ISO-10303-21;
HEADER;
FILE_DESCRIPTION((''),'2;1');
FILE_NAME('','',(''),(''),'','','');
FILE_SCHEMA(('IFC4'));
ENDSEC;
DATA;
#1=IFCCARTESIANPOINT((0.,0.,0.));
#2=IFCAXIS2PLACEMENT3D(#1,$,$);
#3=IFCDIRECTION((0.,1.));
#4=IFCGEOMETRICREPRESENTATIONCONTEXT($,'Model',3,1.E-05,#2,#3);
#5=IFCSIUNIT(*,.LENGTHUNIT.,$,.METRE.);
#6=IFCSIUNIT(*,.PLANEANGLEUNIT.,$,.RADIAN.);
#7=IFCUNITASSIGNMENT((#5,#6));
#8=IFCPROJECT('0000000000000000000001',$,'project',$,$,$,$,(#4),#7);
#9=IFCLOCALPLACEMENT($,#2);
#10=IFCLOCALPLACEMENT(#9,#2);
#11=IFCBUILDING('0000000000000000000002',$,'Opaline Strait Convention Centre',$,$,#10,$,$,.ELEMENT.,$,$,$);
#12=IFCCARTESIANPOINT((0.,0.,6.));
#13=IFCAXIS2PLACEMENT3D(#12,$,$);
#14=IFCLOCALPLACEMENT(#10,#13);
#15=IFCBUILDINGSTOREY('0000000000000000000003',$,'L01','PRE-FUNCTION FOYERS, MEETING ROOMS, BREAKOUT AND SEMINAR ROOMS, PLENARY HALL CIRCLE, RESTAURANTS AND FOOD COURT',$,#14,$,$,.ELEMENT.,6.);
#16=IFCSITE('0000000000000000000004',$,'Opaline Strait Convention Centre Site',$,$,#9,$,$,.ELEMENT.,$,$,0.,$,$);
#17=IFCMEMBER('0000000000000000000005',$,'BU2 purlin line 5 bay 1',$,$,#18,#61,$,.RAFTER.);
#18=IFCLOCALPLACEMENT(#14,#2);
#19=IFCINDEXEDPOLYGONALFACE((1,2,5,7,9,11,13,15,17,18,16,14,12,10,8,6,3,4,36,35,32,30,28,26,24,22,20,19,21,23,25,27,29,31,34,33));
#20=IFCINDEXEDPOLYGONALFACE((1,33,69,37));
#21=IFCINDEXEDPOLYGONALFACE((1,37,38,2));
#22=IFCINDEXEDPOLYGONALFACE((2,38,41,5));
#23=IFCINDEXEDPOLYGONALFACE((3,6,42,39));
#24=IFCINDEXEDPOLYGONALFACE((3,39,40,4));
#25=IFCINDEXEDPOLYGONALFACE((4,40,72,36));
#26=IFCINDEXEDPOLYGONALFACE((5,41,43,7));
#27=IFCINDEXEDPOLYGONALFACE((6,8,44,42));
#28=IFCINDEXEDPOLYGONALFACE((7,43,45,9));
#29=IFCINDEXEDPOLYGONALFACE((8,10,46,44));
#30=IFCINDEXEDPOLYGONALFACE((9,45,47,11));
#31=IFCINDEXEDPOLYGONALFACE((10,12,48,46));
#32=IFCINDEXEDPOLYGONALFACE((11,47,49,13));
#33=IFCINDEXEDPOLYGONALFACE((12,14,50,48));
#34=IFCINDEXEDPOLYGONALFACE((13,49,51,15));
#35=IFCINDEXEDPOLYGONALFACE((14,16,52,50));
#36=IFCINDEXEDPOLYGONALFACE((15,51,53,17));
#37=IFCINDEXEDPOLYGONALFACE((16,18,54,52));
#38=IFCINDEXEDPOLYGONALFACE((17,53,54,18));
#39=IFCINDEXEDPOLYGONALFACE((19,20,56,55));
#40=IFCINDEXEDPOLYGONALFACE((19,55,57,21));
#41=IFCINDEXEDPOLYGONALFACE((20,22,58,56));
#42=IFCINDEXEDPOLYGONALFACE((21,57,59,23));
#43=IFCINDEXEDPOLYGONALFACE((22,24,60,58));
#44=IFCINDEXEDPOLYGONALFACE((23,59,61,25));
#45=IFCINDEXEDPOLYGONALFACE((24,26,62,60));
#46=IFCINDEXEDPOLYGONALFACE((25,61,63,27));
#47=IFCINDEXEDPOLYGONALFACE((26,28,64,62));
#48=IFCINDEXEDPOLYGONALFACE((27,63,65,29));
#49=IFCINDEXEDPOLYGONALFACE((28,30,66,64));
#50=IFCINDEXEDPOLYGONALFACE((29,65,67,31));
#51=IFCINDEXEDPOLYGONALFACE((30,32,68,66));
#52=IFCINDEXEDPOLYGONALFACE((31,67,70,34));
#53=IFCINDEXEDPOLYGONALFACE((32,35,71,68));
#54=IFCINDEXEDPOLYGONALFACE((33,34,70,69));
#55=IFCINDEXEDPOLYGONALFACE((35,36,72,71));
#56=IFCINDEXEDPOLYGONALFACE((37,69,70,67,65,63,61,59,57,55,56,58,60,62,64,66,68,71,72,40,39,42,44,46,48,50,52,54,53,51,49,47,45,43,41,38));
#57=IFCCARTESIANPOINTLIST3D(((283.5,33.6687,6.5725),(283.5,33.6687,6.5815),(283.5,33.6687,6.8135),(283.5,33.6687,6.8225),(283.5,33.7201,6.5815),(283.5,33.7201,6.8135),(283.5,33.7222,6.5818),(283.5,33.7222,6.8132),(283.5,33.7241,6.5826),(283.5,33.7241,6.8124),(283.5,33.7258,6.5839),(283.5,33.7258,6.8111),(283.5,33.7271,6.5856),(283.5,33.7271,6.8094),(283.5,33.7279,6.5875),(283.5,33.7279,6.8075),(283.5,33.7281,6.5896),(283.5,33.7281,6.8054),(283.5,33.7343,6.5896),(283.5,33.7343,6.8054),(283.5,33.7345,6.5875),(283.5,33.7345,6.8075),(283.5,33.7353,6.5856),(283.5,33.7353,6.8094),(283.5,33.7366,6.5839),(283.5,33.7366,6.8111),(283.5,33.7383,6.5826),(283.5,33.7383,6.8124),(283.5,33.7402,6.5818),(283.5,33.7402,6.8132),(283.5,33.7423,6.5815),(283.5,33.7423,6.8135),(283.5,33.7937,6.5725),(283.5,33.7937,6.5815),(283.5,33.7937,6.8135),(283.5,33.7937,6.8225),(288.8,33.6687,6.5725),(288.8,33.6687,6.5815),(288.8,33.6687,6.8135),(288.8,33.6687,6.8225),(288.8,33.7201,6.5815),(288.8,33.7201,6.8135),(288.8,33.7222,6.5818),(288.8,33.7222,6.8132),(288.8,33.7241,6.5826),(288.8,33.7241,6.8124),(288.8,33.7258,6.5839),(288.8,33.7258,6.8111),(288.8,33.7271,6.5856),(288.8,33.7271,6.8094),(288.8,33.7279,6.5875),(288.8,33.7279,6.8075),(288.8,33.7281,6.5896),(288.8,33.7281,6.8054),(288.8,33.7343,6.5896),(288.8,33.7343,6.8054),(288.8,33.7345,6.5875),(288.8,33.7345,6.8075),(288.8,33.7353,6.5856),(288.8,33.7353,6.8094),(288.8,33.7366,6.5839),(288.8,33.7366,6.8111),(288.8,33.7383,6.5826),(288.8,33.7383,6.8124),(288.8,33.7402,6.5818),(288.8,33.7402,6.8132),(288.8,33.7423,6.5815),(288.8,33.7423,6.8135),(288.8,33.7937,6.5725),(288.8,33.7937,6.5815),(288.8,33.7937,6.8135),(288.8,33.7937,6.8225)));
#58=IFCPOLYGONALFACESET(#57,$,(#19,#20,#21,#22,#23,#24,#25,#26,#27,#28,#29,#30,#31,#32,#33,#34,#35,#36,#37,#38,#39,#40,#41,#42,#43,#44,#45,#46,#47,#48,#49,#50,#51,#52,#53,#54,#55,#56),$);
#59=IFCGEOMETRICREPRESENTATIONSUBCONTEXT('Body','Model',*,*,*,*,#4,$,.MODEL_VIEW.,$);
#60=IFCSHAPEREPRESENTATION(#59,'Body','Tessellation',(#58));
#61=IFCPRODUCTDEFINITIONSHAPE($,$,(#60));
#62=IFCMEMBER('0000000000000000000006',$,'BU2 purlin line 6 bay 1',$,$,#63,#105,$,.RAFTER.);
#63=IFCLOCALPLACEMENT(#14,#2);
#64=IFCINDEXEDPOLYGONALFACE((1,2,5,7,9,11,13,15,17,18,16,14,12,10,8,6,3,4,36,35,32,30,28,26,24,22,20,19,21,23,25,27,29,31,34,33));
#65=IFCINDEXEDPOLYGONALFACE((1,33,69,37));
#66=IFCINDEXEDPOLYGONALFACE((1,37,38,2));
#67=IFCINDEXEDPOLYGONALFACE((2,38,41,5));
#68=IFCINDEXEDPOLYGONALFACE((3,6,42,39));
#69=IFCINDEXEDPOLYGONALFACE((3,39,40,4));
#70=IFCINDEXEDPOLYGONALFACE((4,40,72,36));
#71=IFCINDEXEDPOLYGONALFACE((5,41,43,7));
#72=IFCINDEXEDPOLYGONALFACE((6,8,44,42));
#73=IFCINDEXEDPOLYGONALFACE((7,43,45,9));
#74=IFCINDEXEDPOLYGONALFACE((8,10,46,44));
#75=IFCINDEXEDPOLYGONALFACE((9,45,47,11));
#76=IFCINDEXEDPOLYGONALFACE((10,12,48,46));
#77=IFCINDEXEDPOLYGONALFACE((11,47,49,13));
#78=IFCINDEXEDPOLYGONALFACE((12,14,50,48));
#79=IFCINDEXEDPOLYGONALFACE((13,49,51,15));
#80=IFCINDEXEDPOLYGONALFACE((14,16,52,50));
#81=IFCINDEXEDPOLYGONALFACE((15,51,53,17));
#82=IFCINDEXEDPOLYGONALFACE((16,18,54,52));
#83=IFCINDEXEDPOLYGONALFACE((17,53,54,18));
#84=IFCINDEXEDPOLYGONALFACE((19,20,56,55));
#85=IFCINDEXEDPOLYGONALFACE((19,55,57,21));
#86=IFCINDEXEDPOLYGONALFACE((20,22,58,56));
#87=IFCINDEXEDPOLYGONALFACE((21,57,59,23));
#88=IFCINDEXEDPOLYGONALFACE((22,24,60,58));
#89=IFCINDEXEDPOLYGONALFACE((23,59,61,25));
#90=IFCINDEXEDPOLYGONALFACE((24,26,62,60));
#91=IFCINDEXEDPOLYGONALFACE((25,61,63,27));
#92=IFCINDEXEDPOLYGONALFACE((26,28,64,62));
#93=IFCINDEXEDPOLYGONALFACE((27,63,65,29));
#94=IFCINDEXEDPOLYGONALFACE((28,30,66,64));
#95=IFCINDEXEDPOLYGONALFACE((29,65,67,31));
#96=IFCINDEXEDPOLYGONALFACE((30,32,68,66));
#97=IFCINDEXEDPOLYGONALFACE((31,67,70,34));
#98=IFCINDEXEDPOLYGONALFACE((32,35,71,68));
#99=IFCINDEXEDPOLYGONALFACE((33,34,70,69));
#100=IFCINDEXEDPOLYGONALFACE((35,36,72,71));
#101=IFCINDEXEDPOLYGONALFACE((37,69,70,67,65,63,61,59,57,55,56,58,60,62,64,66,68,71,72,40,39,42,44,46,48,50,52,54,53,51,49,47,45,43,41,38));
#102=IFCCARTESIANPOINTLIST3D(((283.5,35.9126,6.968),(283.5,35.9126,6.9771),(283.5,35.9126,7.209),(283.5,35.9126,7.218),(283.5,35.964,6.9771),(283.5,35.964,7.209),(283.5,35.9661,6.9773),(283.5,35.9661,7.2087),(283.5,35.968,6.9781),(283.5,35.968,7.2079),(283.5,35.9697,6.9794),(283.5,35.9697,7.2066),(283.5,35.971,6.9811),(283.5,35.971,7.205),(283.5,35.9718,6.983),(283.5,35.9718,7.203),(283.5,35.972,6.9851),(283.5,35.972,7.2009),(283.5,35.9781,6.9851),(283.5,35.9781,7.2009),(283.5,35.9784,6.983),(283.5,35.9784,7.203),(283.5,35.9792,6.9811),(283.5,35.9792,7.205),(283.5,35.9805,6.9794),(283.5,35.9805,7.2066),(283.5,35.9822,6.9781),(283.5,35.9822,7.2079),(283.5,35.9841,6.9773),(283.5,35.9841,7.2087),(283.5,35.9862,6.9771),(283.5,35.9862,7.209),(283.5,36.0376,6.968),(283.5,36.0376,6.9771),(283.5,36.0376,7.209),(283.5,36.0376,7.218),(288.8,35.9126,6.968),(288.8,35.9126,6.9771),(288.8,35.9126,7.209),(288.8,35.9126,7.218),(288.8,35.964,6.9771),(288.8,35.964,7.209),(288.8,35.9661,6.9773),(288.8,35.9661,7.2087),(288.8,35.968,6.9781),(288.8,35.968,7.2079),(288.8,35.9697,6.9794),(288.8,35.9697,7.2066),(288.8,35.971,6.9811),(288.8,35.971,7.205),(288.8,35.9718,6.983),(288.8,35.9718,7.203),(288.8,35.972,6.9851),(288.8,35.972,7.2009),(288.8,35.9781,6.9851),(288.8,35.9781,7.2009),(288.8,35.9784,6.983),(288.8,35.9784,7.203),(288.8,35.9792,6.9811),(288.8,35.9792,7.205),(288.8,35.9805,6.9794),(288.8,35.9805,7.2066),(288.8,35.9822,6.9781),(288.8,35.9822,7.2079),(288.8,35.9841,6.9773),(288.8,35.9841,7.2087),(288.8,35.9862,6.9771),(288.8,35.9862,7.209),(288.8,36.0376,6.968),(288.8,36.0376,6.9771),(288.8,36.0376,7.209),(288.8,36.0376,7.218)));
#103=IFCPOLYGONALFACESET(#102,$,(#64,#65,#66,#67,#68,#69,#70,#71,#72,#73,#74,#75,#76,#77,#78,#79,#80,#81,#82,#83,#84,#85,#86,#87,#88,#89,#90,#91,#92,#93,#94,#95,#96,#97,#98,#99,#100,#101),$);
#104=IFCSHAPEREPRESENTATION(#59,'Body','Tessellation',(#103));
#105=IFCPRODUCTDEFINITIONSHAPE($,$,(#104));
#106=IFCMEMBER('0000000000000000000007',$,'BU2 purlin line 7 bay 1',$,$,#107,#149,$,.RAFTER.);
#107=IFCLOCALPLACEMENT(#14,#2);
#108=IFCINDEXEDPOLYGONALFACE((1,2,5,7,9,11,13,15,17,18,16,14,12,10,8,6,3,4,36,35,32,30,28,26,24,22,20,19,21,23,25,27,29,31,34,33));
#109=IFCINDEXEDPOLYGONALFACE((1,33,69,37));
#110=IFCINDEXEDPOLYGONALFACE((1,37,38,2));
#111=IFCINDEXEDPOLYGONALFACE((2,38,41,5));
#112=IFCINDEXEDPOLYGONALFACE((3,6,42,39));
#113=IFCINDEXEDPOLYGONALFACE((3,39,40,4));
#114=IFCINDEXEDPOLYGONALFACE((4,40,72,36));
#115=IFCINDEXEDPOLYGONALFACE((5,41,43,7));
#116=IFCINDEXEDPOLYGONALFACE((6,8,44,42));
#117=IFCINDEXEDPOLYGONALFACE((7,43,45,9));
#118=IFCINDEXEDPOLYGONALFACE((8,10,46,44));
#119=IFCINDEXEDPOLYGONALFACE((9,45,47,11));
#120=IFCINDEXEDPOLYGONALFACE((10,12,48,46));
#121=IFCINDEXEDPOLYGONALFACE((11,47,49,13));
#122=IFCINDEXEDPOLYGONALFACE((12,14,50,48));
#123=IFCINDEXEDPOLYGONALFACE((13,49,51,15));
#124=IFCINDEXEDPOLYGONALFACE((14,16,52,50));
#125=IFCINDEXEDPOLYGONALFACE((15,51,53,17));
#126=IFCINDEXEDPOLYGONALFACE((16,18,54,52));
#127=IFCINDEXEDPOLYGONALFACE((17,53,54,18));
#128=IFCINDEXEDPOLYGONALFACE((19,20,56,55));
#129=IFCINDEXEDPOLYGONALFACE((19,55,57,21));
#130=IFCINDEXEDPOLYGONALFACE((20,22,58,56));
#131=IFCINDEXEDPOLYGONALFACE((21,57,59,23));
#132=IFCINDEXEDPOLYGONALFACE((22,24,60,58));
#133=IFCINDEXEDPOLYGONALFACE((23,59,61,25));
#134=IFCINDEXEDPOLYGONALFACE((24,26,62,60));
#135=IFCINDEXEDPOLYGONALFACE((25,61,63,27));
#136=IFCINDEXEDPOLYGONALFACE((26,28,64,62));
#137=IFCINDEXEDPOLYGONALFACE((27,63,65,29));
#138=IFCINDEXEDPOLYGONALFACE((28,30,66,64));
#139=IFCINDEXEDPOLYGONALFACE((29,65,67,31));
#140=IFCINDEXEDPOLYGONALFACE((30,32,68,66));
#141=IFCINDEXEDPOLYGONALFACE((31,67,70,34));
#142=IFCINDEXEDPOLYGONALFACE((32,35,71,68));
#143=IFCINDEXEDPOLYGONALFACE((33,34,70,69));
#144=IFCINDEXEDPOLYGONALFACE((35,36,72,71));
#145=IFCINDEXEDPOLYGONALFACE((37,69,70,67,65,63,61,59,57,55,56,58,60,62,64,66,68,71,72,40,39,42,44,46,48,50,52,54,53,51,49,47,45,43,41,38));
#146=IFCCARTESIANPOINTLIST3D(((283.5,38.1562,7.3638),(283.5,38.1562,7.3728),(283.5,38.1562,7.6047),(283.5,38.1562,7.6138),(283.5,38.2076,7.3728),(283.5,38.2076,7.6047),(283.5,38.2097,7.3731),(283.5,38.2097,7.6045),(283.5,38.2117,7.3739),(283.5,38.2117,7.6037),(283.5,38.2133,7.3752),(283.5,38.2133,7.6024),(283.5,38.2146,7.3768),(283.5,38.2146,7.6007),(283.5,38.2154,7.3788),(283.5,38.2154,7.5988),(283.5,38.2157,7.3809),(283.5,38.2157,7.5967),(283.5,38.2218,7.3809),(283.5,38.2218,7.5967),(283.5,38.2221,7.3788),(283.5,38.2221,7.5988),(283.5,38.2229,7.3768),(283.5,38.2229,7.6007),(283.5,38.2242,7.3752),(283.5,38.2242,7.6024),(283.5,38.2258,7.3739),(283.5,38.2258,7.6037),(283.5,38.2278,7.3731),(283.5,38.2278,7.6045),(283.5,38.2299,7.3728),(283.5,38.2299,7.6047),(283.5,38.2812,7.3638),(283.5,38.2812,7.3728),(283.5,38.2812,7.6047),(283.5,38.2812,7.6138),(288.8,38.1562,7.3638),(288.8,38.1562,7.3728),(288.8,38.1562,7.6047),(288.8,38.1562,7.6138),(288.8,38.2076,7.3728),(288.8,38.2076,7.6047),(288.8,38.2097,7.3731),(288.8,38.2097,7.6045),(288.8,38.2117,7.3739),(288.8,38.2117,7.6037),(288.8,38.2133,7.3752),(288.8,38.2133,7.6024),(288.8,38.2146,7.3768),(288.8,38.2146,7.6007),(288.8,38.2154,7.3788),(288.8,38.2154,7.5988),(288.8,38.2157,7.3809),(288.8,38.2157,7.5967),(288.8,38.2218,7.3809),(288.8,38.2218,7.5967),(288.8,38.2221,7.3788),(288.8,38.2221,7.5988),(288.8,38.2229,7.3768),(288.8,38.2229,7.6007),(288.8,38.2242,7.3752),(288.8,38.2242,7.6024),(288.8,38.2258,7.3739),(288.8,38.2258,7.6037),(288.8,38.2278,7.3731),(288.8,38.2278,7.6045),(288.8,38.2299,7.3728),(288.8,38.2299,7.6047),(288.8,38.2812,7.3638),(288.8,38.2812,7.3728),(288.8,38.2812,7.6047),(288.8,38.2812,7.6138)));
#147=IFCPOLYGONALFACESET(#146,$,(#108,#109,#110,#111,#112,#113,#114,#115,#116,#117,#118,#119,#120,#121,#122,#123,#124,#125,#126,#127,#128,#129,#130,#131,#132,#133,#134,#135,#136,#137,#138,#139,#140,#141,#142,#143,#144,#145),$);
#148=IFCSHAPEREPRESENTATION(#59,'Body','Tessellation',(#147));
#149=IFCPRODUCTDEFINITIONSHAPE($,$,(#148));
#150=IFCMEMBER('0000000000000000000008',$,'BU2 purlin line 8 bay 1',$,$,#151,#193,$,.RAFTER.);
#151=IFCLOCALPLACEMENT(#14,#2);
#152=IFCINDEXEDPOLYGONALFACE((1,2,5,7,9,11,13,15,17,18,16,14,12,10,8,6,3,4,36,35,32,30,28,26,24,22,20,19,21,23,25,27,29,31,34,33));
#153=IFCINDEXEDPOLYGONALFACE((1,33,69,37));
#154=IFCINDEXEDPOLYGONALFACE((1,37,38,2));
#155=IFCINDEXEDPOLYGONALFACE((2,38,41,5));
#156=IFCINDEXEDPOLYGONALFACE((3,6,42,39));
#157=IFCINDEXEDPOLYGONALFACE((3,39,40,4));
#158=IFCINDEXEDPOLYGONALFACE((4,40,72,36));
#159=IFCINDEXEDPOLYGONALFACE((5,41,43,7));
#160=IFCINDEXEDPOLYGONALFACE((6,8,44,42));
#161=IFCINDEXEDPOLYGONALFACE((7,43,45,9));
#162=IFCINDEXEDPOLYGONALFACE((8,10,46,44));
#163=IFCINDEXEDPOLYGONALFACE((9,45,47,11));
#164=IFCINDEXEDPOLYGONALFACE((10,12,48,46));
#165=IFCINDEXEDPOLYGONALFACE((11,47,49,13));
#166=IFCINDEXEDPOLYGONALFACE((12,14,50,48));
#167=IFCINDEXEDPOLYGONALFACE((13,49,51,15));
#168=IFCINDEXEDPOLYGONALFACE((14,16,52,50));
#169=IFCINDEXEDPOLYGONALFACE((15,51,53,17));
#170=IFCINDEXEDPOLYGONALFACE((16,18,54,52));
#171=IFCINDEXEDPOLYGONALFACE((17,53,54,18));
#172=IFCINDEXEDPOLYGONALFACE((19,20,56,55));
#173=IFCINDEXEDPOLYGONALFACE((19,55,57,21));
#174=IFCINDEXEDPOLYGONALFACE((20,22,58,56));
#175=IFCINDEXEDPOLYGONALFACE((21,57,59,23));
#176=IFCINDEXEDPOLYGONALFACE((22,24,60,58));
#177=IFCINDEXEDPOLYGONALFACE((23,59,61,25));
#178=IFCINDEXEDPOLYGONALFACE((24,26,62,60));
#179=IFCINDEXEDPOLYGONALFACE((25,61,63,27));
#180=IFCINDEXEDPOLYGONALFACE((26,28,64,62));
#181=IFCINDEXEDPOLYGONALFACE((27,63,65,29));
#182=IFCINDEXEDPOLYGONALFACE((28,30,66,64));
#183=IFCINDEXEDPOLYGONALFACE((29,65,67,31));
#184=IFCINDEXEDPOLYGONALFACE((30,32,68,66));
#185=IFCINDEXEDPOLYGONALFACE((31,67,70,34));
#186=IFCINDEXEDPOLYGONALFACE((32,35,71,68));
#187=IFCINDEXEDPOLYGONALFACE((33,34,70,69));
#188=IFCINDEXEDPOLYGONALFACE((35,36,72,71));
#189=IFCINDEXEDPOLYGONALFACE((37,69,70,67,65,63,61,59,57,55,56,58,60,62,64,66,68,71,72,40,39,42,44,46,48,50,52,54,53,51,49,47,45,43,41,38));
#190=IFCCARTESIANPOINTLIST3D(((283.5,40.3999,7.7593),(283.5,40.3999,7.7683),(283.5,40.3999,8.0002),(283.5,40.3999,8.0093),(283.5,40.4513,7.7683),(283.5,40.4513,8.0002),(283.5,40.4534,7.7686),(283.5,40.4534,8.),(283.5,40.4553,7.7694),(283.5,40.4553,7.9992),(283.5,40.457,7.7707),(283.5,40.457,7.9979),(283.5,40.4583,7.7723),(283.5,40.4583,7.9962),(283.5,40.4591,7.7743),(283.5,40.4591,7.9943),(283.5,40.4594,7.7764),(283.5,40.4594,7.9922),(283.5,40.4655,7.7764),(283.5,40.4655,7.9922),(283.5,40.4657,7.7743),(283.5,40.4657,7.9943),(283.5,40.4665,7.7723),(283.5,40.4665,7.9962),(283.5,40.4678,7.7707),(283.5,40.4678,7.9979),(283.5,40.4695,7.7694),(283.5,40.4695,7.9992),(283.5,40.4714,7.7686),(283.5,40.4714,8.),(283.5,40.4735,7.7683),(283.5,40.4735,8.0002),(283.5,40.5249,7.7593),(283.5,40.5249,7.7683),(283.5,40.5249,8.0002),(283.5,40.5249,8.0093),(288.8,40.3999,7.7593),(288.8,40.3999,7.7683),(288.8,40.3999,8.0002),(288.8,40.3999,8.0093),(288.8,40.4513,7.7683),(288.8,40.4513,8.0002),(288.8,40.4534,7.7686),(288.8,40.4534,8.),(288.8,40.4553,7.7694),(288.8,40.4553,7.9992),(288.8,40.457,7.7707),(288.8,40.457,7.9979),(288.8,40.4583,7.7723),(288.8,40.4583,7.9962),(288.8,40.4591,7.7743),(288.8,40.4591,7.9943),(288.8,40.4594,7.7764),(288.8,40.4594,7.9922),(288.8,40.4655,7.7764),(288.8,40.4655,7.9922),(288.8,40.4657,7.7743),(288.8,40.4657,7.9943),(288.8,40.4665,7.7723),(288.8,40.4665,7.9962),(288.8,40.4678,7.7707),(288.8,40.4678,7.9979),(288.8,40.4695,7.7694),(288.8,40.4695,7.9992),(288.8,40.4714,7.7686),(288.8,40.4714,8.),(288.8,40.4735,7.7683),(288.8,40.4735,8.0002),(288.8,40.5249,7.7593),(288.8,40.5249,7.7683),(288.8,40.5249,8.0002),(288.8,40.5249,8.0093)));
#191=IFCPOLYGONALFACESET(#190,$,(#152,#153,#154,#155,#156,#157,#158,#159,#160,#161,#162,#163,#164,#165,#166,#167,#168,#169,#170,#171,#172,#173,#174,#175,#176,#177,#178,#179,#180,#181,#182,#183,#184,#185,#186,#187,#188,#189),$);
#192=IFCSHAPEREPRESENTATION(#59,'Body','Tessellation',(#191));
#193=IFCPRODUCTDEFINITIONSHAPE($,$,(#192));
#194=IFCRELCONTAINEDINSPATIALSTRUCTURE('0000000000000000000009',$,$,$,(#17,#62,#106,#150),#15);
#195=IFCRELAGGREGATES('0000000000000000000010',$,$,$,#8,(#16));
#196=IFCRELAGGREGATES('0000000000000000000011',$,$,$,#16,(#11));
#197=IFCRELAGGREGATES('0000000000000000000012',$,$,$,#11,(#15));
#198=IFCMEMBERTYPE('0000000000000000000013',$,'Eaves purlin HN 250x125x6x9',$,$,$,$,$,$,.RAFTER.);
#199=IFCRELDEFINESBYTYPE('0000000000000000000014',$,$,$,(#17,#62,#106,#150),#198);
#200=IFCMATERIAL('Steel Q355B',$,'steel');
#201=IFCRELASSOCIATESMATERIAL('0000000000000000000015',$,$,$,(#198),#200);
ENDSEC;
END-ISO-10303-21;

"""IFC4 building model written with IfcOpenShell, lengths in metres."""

from ifc_helpers import new_model, si_unit, direction, frame, origin, origin_2d, place, context, subcontext, project, spatial, i_section, extrude, material, material_profile, profile_set, type_object, element, save


model = new_model("IFC4")

# Units and contexts
model_context = context("Model", 3, precision=1e-05, world=origin(), true_north=direction((0.0, 1.0)))
body_context = subcontext(model_context, "Body", "Model", "MODEL_VIEW")
ifc_project = project(units=[si_unit("LENGTHUNIT", "METRE"), si_unit("PLANEANGLEUNIT", "RADIAN")], contexts=[model_context])

# Site, building, storey
site_placement = place(None, origin())
site = spatial("IfcSite", under=ifc_project, at=site_placement, Name="Opaline Strait Convention Centre Site", CompositionType="ELEMENT", RefElevation=0.0)
building_placement = place(site_placement, origin())
building = spatial("IfcBuilding", under=site, at=building_placement, Name="Opaline Strait Convention Centre", CompositionType="ELEMENT")
storey_placement = place(building_placement, frame((0.0, 0.0, 6.0)))
storey = spatial("IfcBuildingStorey", under=building, at=storey_placement, Name="L01", Description="PRE-FUNCTION FOYERS, MEETING ROOMS, BREAKOUT AND SEMINAR ROOMS, PLENARY HALL CIRCLE, RESTAURANTS AND FOOD COURT", CompositionType="ELEMENT", Elevation=6.0)

# Members
ifc_material_1 = material(Name="Steel Q355B", Category="steel")
ifc_material_profile_1 = material_profile(ifc_material_1, i_section(OverallWidth=0.125, OverallDepth=0.25, WebThickness=0.0061, FlangeThickness=0.009, FilletRadius=0.0081, at=origin_2d()), Name="HN 250x125x6x9")
ifc_profile_set_1 = profile_set([ifc_material_profile_1], Name="Steel Q355B")
member_type_1 = type_object("IfcMemberType", Name="Eaves purlin HN 250x125x6x9", PredefinedType="RAFTER", material=ifc_profile_set_1)
for number, where, z_axis, x_axis, name in (
    (1, (283.5, 33.7312, 6.6975), (1.0, 0.0, 0.0), (0.0, 1.0, 0.0), "BU2 purlin line 5 bay 1"),
    (2, (283.5, 35.9751, 7.093), (1.0, 0.0, 0.0), (0.0, 1.0, 0.0), "BU2 purlin line 6 bay 1"),
    (3, (283.5, 38.2188, 7.4888), (1.0, 0.0, 0.0), (0.0, 1.0, 0.0), "BU2 purlin line 7 bay 1"),
    (4, (283.5, 40.4624, 7.8843), (1.0, 0.0, 0.0), (0.0, 1.0, 0.0), "BU2 purlin line 8 bay 1"),
):
    element("IfcMember", number, at=place(storey_placement, frame(where, z_axis=z_axis, x_axis=x_axis)), inside=storey, type_object=member_type_1, Name=name, PredefinedType="RAFTER", context=body_context, shape_type="SweptSolid", body=[
        extrude(i_section(OverallWidth=0.125, OverallDepth=0.25, WebThickness=0.0061, FlangeThickness=0.009, FilletRadius=0.0081, at=origin_2d()), origin(), (0.0, 0.0, 1.0), 5.3),
    ])

save(model, "model.ifc")
